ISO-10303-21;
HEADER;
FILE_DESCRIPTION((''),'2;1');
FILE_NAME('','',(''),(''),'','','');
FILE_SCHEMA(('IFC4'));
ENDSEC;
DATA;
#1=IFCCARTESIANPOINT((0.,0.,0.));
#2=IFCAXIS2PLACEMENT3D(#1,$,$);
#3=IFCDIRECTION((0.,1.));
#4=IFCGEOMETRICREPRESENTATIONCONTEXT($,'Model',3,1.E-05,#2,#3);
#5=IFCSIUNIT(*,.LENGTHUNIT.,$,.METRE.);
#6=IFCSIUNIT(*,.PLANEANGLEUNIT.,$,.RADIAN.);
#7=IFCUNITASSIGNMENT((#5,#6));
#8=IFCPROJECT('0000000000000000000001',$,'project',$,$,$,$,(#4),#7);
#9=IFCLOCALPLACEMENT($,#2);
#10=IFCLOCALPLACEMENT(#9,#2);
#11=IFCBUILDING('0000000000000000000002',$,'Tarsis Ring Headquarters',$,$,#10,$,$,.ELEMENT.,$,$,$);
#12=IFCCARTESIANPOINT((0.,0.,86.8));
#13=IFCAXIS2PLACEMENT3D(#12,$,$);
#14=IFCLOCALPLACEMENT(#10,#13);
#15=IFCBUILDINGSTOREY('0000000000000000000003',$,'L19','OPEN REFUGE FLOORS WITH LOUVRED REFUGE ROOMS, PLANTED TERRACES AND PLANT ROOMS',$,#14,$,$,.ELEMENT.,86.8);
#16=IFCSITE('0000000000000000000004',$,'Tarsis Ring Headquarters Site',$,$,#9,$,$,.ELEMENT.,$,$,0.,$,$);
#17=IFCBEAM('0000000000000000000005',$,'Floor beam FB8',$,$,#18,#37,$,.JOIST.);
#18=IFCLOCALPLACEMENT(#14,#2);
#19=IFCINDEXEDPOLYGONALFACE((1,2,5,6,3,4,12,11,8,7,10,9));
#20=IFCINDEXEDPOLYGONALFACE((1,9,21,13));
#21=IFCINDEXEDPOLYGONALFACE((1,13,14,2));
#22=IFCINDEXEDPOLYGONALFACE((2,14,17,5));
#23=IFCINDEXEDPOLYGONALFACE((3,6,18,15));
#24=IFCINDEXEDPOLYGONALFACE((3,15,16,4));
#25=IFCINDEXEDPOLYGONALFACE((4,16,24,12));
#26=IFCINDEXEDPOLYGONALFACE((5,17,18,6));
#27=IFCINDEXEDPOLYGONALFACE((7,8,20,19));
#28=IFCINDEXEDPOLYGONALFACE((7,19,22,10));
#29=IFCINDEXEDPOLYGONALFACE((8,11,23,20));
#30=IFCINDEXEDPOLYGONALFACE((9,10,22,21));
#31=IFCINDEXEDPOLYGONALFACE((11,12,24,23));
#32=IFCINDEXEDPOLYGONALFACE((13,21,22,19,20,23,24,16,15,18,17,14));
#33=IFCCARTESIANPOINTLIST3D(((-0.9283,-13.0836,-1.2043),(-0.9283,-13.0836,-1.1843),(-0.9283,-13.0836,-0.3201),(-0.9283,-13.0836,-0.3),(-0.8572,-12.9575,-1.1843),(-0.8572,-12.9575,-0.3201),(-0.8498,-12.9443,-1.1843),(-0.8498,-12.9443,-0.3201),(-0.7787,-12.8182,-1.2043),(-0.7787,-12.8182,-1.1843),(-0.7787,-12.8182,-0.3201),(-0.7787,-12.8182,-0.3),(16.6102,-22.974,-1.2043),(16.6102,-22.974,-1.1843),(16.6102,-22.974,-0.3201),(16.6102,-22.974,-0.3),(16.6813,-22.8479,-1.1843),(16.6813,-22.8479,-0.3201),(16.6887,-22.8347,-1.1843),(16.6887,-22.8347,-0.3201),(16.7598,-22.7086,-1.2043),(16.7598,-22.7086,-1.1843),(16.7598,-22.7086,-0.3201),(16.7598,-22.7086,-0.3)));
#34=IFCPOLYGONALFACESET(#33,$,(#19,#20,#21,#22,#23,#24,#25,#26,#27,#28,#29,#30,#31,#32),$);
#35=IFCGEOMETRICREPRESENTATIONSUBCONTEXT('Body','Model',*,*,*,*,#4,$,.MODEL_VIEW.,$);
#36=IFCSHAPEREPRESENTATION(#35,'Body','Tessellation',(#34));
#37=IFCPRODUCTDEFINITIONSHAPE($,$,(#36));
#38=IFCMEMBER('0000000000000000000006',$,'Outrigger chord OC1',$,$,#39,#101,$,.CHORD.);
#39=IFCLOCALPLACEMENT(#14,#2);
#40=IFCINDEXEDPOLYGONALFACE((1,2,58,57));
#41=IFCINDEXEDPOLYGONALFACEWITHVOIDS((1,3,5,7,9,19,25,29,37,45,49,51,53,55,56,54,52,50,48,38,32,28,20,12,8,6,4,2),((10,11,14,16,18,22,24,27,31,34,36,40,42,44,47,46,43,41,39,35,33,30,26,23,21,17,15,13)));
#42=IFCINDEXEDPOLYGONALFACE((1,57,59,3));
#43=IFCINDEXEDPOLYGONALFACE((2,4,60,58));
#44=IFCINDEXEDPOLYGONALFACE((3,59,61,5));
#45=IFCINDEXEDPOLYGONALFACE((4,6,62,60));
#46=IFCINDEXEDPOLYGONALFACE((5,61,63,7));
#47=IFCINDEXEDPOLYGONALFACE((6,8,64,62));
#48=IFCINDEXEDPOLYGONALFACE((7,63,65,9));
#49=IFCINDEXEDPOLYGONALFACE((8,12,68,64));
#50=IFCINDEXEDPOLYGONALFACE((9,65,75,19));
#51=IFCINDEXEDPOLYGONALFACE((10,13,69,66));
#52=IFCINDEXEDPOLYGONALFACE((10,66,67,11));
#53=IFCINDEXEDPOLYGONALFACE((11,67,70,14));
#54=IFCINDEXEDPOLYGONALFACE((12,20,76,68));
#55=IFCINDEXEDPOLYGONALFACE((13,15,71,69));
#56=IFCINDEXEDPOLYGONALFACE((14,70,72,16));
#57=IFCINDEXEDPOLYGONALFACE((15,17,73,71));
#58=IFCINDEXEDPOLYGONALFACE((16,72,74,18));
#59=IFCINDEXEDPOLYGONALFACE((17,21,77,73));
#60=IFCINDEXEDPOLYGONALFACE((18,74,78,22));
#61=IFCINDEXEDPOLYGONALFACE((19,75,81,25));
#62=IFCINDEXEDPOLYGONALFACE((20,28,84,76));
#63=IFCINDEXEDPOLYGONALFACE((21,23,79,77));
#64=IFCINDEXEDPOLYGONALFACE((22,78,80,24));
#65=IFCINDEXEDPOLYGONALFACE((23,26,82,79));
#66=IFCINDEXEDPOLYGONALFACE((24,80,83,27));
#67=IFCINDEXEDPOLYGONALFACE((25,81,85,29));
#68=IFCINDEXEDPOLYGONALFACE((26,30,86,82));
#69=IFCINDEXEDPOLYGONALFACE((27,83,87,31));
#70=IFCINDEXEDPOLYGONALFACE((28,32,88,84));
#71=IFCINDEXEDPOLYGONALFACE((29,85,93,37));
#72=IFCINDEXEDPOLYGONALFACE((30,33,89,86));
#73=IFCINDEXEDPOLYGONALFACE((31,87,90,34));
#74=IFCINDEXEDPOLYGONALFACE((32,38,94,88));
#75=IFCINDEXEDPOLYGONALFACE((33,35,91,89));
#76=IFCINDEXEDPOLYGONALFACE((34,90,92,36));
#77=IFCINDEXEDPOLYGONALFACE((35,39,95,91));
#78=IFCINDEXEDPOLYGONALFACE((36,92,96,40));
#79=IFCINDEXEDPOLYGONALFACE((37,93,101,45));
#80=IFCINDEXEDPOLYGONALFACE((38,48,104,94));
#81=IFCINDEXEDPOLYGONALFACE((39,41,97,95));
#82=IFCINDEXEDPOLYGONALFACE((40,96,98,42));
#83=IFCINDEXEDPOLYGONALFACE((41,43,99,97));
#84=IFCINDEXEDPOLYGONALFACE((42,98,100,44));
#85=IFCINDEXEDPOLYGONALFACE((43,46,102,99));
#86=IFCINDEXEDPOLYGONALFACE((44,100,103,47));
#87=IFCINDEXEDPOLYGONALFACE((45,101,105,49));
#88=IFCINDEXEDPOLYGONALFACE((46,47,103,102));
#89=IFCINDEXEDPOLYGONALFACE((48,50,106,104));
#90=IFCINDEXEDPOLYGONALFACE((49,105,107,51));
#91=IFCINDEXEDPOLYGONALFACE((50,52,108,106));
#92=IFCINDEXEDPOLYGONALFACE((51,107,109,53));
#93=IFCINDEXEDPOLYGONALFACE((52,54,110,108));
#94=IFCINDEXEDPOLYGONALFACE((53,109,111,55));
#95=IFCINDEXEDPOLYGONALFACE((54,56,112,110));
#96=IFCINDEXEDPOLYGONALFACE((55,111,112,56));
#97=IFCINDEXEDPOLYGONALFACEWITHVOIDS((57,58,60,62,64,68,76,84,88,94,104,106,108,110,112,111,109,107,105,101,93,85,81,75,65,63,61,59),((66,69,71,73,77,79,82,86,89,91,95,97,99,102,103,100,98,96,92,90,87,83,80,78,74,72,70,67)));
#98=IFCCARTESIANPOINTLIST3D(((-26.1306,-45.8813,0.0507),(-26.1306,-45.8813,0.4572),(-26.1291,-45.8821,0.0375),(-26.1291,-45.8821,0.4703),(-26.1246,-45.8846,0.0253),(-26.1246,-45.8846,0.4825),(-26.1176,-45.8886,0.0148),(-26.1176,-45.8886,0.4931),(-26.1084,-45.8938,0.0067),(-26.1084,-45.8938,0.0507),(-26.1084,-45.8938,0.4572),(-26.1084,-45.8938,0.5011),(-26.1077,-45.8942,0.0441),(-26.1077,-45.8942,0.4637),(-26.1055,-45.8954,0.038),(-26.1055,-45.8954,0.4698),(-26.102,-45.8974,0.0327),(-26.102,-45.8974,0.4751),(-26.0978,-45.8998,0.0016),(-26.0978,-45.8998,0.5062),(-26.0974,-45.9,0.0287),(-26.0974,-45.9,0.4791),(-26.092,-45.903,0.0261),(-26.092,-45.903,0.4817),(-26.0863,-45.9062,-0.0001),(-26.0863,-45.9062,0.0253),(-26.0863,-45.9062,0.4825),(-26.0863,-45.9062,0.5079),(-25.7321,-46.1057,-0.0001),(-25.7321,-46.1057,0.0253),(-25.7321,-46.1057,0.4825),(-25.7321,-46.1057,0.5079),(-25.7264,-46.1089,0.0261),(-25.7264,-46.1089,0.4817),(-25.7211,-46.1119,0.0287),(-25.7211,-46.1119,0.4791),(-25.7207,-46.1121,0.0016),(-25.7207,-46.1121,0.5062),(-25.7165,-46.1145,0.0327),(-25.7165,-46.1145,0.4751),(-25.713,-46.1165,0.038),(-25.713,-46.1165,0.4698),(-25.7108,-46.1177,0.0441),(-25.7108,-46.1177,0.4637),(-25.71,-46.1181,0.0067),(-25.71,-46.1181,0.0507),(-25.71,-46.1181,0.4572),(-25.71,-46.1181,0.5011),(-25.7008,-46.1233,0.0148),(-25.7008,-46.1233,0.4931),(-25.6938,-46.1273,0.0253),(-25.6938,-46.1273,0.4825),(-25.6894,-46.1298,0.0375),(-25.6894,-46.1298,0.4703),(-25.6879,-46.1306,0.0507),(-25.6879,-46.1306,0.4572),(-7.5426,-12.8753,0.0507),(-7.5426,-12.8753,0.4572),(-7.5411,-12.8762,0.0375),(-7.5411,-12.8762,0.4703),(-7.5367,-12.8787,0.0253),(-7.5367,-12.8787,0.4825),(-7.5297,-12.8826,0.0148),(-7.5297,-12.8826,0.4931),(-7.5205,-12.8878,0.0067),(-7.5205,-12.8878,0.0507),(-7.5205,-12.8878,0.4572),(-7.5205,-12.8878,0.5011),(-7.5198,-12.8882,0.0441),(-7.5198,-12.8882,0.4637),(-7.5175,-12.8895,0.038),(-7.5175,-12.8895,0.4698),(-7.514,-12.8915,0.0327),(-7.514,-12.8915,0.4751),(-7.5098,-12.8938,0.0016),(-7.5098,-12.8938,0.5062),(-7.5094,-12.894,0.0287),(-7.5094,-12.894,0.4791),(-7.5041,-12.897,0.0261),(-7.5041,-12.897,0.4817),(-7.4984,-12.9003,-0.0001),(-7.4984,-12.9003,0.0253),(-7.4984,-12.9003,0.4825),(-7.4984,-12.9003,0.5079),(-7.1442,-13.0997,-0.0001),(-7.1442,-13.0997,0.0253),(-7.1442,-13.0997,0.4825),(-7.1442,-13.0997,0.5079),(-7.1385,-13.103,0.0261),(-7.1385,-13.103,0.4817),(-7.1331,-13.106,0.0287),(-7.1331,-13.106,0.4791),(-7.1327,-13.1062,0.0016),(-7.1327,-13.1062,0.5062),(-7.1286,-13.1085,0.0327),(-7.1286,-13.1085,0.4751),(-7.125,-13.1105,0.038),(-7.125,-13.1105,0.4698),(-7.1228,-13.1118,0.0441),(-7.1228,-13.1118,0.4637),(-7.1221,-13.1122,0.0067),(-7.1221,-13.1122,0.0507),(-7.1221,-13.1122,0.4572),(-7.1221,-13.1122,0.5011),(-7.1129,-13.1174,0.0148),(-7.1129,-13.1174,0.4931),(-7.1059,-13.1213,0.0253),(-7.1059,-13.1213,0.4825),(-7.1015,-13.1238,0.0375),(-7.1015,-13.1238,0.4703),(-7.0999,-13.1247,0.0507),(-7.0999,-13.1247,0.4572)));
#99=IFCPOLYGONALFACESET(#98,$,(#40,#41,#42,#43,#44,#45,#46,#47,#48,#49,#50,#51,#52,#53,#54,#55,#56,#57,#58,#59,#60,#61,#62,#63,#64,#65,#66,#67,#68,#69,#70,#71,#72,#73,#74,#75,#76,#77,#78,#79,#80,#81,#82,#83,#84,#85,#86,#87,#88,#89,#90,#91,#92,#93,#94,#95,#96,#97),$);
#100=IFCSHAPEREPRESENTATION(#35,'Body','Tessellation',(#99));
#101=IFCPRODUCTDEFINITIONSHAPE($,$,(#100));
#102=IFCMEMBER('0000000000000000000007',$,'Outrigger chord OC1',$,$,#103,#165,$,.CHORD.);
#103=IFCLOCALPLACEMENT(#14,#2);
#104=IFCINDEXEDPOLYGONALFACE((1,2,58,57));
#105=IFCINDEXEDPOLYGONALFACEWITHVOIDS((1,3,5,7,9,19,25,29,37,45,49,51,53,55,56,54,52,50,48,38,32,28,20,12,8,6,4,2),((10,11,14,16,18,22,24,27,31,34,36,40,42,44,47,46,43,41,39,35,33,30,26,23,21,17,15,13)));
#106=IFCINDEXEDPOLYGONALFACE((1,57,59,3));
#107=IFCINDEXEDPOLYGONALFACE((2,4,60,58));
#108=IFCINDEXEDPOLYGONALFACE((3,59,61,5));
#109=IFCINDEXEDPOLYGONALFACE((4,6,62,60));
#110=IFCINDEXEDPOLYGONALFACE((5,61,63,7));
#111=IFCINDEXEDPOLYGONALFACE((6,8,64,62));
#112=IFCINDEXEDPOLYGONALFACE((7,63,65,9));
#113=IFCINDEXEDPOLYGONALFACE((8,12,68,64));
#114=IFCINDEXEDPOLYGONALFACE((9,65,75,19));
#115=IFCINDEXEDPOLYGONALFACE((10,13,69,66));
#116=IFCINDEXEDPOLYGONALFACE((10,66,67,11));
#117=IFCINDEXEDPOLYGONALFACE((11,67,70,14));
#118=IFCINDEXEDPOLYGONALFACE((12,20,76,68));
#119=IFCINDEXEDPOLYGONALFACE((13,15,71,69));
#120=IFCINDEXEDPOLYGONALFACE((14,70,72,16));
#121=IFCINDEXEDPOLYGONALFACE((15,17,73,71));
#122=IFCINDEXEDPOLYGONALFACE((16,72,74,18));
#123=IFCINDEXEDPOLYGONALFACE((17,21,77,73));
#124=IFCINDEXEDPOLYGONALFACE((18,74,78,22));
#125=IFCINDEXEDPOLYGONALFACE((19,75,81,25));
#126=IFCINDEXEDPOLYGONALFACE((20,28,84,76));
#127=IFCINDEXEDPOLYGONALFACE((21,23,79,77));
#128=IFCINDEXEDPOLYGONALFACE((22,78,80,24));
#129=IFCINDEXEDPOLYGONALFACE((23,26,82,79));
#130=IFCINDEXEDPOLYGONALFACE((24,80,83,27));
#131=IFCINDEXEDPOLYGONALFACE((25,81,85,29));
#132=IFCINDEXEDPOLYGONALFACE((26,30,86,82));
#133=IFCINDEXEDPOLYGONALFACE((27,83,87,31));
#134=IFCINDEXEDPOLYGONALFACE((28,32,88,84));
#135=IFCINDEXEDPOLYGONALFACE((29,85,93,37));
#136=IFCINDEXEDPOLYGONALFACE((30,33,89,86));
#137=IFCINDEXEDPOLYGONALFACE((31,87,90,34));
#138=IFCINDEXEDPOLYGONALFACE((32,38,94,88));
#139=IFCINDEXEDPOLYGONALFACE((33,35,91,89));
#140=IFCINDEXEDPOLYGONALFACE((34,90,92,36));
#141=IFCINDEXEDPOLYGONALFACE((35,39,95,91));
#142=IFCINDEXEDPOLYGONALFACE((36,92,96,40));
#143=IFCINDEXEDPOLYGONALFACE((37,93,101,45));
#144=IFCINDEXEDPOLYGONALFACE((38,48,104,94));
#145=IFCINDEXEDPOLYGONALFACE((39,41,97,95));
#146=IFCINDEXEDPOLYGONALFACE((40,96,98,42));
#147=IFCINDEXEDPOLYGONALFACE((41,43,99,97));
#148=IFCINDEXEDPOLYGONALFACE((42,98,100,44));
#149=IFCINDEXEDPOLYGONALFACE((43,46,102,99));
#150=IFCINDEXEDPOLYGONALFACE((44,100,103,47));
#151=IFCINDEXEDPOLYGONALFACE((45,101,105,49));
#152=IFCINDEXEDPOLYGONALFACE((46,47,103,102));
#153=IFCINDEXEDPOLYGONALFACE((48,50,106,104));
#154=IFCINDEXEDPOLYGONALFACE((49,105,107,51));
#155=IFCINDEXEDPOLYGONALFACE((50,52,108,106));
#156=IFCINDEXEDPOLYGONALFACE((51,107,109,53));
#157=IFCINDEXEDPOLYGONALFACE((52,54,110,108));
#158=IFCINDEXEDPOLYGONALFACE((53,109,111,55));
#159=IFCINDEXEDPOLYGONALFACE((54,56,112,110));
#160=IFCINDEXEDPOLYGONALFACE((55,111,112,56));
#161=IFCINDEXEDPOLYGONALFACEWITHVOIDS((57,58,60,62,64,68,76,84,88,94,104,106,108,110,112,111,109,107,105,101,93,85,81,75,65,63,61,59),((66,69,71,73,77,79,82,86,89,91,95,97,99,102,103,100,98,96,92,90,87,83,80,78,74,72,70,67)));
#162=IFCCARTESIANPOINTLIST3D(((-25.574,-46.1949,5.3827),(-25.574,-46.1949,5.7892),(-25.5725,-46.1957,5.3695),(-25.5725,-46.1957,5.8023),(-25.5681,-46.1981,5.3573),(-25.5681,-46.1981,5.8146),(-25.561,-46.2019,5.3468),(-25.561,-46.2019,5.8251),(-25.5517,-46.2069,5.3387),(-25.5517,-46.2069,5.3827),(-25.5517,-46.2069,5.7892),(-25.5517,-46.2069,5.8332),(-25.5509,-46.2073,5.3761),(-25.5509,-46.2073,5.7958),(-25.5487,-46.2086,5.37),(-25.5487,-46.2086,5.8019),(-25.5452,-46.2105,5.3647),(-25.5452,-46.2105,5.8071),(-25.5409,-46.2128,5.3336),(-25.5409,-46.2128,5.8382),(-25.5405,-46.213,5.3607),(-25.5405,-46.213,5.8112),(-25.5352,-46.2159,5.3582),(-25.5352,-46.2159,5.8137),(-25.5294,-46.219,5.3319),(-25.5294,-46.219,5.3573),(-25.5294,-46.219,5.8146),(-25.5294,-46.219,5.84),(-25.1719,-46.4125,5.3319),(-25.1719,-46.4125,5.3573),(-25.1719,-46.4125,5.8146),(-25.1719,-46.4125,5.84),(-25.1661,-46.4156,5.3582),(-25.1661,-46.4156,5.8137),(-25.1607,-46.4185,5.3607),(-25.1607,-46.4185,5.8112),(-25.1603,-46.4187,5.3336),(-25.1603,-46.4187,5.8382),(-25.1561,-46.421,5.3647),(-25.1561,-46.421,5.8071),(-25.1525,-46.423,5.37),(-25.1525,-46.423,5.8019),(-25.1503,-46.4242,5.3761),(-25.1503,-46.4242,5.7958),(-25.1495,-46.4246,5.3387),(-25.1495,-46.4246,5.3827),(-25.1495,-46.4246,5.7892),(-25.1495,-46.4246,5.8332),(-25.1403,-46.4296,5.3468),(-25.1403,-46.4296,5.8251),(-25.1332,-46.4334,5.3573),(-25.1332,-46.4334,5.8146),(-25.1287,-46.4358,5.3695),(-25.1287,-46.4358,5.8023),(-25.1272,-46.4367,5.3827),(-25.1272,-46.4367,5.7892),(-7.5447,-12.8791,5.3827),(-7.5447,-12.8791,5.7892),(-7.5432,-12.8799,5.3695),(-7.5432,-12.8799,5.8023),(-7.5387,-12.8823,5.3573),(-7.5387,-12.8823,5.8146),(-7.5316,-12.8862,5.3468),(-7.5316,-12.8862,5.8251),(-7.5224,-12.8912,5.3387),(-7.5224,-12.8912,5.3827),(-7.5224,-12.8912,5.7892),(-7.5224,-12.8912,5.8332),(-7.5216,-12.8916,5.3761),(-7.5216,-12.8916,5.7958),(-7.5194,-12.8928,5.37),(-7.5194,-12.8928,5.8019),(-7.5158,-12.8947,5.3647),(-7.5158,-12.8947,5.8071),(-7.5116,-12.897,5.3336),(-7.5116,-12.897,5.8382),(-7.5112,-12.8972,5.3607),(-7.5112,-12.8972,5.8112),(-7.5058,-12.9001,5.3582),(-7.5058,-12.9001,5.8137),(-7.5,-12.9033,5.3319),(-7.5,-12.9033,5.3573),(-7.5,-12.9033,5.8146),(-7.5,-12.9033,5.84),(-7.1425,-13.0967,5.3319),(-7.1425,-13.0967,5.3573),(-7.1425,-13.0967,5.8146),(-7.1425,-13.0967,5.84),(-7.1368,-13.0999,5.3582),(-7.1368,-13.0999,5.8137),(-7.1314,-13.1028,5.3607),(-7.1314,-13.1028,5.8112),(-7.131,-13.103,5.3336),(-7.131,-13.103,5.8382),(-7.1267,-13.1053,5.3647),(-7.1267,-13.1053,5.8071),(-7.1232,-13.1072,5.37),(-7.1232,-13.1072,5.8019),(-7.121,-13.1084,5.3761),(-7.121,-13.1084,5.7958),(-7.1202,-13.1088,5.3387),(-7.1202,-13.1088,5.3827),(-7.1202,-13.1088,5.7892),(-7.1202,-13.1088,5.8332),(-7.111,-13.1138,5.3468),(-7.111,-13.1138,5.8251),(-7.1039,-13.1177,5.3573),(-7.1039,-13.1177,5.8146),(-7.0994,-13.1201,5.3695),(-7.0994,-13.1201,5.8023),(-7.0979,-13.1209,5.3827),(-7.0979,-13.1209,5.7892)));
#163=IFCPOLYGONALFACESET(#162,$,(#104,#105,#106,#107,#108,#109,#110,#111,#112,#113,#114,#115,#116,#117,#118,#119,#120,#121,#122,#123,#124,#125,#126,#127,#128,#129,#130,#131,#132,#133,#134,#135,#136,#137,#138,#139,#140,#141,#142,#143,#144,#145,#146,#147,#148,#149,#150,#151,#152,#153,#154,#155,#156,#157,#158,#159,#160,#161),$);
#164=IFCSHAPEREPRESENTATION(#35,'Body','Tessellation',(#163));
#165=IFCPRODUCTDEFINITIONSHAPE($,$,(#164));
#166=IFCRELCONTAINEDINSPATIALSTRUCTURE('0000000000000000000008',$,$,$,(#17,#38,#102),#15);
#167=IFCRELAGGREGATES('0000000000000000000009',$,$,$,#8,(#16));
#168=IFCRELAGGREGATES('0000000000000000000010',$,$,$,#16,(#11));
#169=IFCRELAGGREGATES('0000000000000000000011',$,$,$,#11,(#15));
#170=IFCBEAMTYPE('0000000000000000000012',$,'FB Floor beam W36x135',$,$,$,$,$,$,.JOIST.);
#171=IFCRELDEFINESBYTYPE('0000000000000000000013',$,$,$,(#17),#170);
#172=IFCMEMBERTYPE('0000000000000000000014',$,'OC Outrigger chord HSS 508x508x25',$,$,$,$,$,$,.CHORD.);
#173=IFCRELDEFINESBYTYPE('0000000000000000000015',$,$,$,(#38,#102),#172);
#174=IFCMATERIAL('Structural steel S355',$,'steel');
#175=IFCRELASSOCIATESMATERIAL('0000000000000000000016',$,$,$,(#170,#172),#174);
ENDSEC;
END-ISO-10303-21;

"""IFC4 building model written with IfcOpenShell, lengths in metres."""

from ifc_helpers import new_model, si_unit, direction, frame, origin, origin_2d, place, context, subcontext, project, spatial, hollow_rectangle, i_section, extrude, material, material_profile, profile_set, type_object, element, save


model = new_model("IFC4")

# Units and contexts
model_context = context("Model", 3, precision=1e-05, world=origin(), true_north=direction((0.0, 1.0)))
body_context = subcontext(model_context, "Body", "Model", "MODEL_VIEW")
ifc_project = project(units=[si_unit("LENGTHUNIT", "METRE"), si_unit("PLANEANGLEUNIT", "RADIAN")], contexts=[model_context])

# Site, building, storey
site_placement = place(None, origin())
site = spatial("IfcSite", under=ifc_project, at=site_placement, Name="Tarsis Ring Headquarters Site", CompositionType="ELEMENT", RefElevation=0.0)
building_placement = place(site_placement, origin())
building = spatial("IfcBuilding", under=site, at=building_placement, Name="Tarsis Ring Headquarters", CompositionType="ELEMENT")
storey_placement = place(building_placement, frame((0.0, 0.0, 86.8)))
storey = spatial("IfcBuildingStorey", under=building, at=storey_placement, Name="L19", Description="OPEN REFUGE FLOORS WITH LOUVRED REFUGE ROOMS, PLANTED TERRACES AND PLANT ROOMS", CompositionType="ELEMENT", Elevation=86.8)

# Beam
ifc_material_1 = material(Name="Structural steel S355", Category="steel")
ifc_material_profile_1 = material_profile(ifc_material_1, i_section(OverallWidth=0.3047, OverallDepth=0.9043, WebThickness=0.0151, FlangeThickness=0.02, at=origin_2d()), Name="W36x135")
ifc_profile_set_1 = profile_set([ifc_material_profile_1], Name="Structural steel S355")
beam_type_1 = type_object("IfcBeamType", Name="FB Floor beam W36x135", PredefinedType="JOIST", material=ifc_profile_set_1)
beam_1_placement = place(storey_placement, frame((-0.8535, -12.9509, -0.7522), z_axis=(0.871046, -0.491202, 0.0), x_axis=(0.491202, 0.871046, 0.0)))
element("IfcBeam", 1, at=beam_1_placement, inside=storey, type_object=beam_type_1, Name="Floor beam FB8", PredefinedType="JOIST", context=body_context, shape_type="SweptSolid", body=[
    extrude(i_section(OverallWidth=0.3047, OverallDepth=0.9043, WebThickness=0.0151, FlangeThickness=0.02, at=origin_2d()), origin(), (0.0, 0.0, 1.0), 20.135),
])

# Members
ifc_material_profile_2 = material_profile(ifc_material_1, hollow_rectangle(XDim=0.5081, YDim=0.5081, WallThickness=0.0254, InnerFilletRadius=0.0254, OuterFilletRadius=0.0508, at=origin_2d()), Name="HSS 508x508x25")
ifc_profile_set_2 = profile_set([ifc_material_profile_2], Name="Structural steel S355")
member_type_1 = type_object("IfcMemberType", Name="OC Outrigger chord HSS 508x508x25", PredefinedType="CHORD", material=ifc_profile_set_2)
member_1_placement = place(storey_placement, frame((-7.3213, -13.0, 0.2539), z_axis=(-0.490704, -0.871326, 0.0), x_axis=(0.871326, -0.490704, 0.0)))
element("IfcMember", 2, at=member_1_placement, inside=storey, type_object=member_type_1, Name="Outrigger chord OC1", PredefinedType="CHORD", context=body_context, shape_type="SweptSolid", body=[
    extrude(hollow_rectangle(XDim=0.5081, YDim=0.5081, WallThickness=0.0254, InnerFilletRadius=0.0254, OuterFilletRadius=0.0508, at=origin_2d()), origin(), (0.0, 0.0, 1.0), 37.8801),
])
member_2_placement = place(storey_placement, frame((-7.3213, -13.0, 5.5859), z_axis=(-0.475942, -0.879476, 0.0), x_axis=(0.879476, -0.475942, 0.0)))
element("IfcMember", 3, at=member_2_placement, inside=storey, type_object=member_type_1, Name="Outrigger chord OC1", PredefinedType="CHORD", context=body_context, shape_type="SweptSolid", body=[
    extrude(hollow_rectangle(XDim=0.5081, YDim=0.5081, WallThickness=0.0254, InnerFilletRadius=0.0254, OuterFilletRadius=0.0508, at=origin_2d()), origin(), (0.0, 0.0, 1.0), 37.8813),
])

save(model, "model.ifc")
